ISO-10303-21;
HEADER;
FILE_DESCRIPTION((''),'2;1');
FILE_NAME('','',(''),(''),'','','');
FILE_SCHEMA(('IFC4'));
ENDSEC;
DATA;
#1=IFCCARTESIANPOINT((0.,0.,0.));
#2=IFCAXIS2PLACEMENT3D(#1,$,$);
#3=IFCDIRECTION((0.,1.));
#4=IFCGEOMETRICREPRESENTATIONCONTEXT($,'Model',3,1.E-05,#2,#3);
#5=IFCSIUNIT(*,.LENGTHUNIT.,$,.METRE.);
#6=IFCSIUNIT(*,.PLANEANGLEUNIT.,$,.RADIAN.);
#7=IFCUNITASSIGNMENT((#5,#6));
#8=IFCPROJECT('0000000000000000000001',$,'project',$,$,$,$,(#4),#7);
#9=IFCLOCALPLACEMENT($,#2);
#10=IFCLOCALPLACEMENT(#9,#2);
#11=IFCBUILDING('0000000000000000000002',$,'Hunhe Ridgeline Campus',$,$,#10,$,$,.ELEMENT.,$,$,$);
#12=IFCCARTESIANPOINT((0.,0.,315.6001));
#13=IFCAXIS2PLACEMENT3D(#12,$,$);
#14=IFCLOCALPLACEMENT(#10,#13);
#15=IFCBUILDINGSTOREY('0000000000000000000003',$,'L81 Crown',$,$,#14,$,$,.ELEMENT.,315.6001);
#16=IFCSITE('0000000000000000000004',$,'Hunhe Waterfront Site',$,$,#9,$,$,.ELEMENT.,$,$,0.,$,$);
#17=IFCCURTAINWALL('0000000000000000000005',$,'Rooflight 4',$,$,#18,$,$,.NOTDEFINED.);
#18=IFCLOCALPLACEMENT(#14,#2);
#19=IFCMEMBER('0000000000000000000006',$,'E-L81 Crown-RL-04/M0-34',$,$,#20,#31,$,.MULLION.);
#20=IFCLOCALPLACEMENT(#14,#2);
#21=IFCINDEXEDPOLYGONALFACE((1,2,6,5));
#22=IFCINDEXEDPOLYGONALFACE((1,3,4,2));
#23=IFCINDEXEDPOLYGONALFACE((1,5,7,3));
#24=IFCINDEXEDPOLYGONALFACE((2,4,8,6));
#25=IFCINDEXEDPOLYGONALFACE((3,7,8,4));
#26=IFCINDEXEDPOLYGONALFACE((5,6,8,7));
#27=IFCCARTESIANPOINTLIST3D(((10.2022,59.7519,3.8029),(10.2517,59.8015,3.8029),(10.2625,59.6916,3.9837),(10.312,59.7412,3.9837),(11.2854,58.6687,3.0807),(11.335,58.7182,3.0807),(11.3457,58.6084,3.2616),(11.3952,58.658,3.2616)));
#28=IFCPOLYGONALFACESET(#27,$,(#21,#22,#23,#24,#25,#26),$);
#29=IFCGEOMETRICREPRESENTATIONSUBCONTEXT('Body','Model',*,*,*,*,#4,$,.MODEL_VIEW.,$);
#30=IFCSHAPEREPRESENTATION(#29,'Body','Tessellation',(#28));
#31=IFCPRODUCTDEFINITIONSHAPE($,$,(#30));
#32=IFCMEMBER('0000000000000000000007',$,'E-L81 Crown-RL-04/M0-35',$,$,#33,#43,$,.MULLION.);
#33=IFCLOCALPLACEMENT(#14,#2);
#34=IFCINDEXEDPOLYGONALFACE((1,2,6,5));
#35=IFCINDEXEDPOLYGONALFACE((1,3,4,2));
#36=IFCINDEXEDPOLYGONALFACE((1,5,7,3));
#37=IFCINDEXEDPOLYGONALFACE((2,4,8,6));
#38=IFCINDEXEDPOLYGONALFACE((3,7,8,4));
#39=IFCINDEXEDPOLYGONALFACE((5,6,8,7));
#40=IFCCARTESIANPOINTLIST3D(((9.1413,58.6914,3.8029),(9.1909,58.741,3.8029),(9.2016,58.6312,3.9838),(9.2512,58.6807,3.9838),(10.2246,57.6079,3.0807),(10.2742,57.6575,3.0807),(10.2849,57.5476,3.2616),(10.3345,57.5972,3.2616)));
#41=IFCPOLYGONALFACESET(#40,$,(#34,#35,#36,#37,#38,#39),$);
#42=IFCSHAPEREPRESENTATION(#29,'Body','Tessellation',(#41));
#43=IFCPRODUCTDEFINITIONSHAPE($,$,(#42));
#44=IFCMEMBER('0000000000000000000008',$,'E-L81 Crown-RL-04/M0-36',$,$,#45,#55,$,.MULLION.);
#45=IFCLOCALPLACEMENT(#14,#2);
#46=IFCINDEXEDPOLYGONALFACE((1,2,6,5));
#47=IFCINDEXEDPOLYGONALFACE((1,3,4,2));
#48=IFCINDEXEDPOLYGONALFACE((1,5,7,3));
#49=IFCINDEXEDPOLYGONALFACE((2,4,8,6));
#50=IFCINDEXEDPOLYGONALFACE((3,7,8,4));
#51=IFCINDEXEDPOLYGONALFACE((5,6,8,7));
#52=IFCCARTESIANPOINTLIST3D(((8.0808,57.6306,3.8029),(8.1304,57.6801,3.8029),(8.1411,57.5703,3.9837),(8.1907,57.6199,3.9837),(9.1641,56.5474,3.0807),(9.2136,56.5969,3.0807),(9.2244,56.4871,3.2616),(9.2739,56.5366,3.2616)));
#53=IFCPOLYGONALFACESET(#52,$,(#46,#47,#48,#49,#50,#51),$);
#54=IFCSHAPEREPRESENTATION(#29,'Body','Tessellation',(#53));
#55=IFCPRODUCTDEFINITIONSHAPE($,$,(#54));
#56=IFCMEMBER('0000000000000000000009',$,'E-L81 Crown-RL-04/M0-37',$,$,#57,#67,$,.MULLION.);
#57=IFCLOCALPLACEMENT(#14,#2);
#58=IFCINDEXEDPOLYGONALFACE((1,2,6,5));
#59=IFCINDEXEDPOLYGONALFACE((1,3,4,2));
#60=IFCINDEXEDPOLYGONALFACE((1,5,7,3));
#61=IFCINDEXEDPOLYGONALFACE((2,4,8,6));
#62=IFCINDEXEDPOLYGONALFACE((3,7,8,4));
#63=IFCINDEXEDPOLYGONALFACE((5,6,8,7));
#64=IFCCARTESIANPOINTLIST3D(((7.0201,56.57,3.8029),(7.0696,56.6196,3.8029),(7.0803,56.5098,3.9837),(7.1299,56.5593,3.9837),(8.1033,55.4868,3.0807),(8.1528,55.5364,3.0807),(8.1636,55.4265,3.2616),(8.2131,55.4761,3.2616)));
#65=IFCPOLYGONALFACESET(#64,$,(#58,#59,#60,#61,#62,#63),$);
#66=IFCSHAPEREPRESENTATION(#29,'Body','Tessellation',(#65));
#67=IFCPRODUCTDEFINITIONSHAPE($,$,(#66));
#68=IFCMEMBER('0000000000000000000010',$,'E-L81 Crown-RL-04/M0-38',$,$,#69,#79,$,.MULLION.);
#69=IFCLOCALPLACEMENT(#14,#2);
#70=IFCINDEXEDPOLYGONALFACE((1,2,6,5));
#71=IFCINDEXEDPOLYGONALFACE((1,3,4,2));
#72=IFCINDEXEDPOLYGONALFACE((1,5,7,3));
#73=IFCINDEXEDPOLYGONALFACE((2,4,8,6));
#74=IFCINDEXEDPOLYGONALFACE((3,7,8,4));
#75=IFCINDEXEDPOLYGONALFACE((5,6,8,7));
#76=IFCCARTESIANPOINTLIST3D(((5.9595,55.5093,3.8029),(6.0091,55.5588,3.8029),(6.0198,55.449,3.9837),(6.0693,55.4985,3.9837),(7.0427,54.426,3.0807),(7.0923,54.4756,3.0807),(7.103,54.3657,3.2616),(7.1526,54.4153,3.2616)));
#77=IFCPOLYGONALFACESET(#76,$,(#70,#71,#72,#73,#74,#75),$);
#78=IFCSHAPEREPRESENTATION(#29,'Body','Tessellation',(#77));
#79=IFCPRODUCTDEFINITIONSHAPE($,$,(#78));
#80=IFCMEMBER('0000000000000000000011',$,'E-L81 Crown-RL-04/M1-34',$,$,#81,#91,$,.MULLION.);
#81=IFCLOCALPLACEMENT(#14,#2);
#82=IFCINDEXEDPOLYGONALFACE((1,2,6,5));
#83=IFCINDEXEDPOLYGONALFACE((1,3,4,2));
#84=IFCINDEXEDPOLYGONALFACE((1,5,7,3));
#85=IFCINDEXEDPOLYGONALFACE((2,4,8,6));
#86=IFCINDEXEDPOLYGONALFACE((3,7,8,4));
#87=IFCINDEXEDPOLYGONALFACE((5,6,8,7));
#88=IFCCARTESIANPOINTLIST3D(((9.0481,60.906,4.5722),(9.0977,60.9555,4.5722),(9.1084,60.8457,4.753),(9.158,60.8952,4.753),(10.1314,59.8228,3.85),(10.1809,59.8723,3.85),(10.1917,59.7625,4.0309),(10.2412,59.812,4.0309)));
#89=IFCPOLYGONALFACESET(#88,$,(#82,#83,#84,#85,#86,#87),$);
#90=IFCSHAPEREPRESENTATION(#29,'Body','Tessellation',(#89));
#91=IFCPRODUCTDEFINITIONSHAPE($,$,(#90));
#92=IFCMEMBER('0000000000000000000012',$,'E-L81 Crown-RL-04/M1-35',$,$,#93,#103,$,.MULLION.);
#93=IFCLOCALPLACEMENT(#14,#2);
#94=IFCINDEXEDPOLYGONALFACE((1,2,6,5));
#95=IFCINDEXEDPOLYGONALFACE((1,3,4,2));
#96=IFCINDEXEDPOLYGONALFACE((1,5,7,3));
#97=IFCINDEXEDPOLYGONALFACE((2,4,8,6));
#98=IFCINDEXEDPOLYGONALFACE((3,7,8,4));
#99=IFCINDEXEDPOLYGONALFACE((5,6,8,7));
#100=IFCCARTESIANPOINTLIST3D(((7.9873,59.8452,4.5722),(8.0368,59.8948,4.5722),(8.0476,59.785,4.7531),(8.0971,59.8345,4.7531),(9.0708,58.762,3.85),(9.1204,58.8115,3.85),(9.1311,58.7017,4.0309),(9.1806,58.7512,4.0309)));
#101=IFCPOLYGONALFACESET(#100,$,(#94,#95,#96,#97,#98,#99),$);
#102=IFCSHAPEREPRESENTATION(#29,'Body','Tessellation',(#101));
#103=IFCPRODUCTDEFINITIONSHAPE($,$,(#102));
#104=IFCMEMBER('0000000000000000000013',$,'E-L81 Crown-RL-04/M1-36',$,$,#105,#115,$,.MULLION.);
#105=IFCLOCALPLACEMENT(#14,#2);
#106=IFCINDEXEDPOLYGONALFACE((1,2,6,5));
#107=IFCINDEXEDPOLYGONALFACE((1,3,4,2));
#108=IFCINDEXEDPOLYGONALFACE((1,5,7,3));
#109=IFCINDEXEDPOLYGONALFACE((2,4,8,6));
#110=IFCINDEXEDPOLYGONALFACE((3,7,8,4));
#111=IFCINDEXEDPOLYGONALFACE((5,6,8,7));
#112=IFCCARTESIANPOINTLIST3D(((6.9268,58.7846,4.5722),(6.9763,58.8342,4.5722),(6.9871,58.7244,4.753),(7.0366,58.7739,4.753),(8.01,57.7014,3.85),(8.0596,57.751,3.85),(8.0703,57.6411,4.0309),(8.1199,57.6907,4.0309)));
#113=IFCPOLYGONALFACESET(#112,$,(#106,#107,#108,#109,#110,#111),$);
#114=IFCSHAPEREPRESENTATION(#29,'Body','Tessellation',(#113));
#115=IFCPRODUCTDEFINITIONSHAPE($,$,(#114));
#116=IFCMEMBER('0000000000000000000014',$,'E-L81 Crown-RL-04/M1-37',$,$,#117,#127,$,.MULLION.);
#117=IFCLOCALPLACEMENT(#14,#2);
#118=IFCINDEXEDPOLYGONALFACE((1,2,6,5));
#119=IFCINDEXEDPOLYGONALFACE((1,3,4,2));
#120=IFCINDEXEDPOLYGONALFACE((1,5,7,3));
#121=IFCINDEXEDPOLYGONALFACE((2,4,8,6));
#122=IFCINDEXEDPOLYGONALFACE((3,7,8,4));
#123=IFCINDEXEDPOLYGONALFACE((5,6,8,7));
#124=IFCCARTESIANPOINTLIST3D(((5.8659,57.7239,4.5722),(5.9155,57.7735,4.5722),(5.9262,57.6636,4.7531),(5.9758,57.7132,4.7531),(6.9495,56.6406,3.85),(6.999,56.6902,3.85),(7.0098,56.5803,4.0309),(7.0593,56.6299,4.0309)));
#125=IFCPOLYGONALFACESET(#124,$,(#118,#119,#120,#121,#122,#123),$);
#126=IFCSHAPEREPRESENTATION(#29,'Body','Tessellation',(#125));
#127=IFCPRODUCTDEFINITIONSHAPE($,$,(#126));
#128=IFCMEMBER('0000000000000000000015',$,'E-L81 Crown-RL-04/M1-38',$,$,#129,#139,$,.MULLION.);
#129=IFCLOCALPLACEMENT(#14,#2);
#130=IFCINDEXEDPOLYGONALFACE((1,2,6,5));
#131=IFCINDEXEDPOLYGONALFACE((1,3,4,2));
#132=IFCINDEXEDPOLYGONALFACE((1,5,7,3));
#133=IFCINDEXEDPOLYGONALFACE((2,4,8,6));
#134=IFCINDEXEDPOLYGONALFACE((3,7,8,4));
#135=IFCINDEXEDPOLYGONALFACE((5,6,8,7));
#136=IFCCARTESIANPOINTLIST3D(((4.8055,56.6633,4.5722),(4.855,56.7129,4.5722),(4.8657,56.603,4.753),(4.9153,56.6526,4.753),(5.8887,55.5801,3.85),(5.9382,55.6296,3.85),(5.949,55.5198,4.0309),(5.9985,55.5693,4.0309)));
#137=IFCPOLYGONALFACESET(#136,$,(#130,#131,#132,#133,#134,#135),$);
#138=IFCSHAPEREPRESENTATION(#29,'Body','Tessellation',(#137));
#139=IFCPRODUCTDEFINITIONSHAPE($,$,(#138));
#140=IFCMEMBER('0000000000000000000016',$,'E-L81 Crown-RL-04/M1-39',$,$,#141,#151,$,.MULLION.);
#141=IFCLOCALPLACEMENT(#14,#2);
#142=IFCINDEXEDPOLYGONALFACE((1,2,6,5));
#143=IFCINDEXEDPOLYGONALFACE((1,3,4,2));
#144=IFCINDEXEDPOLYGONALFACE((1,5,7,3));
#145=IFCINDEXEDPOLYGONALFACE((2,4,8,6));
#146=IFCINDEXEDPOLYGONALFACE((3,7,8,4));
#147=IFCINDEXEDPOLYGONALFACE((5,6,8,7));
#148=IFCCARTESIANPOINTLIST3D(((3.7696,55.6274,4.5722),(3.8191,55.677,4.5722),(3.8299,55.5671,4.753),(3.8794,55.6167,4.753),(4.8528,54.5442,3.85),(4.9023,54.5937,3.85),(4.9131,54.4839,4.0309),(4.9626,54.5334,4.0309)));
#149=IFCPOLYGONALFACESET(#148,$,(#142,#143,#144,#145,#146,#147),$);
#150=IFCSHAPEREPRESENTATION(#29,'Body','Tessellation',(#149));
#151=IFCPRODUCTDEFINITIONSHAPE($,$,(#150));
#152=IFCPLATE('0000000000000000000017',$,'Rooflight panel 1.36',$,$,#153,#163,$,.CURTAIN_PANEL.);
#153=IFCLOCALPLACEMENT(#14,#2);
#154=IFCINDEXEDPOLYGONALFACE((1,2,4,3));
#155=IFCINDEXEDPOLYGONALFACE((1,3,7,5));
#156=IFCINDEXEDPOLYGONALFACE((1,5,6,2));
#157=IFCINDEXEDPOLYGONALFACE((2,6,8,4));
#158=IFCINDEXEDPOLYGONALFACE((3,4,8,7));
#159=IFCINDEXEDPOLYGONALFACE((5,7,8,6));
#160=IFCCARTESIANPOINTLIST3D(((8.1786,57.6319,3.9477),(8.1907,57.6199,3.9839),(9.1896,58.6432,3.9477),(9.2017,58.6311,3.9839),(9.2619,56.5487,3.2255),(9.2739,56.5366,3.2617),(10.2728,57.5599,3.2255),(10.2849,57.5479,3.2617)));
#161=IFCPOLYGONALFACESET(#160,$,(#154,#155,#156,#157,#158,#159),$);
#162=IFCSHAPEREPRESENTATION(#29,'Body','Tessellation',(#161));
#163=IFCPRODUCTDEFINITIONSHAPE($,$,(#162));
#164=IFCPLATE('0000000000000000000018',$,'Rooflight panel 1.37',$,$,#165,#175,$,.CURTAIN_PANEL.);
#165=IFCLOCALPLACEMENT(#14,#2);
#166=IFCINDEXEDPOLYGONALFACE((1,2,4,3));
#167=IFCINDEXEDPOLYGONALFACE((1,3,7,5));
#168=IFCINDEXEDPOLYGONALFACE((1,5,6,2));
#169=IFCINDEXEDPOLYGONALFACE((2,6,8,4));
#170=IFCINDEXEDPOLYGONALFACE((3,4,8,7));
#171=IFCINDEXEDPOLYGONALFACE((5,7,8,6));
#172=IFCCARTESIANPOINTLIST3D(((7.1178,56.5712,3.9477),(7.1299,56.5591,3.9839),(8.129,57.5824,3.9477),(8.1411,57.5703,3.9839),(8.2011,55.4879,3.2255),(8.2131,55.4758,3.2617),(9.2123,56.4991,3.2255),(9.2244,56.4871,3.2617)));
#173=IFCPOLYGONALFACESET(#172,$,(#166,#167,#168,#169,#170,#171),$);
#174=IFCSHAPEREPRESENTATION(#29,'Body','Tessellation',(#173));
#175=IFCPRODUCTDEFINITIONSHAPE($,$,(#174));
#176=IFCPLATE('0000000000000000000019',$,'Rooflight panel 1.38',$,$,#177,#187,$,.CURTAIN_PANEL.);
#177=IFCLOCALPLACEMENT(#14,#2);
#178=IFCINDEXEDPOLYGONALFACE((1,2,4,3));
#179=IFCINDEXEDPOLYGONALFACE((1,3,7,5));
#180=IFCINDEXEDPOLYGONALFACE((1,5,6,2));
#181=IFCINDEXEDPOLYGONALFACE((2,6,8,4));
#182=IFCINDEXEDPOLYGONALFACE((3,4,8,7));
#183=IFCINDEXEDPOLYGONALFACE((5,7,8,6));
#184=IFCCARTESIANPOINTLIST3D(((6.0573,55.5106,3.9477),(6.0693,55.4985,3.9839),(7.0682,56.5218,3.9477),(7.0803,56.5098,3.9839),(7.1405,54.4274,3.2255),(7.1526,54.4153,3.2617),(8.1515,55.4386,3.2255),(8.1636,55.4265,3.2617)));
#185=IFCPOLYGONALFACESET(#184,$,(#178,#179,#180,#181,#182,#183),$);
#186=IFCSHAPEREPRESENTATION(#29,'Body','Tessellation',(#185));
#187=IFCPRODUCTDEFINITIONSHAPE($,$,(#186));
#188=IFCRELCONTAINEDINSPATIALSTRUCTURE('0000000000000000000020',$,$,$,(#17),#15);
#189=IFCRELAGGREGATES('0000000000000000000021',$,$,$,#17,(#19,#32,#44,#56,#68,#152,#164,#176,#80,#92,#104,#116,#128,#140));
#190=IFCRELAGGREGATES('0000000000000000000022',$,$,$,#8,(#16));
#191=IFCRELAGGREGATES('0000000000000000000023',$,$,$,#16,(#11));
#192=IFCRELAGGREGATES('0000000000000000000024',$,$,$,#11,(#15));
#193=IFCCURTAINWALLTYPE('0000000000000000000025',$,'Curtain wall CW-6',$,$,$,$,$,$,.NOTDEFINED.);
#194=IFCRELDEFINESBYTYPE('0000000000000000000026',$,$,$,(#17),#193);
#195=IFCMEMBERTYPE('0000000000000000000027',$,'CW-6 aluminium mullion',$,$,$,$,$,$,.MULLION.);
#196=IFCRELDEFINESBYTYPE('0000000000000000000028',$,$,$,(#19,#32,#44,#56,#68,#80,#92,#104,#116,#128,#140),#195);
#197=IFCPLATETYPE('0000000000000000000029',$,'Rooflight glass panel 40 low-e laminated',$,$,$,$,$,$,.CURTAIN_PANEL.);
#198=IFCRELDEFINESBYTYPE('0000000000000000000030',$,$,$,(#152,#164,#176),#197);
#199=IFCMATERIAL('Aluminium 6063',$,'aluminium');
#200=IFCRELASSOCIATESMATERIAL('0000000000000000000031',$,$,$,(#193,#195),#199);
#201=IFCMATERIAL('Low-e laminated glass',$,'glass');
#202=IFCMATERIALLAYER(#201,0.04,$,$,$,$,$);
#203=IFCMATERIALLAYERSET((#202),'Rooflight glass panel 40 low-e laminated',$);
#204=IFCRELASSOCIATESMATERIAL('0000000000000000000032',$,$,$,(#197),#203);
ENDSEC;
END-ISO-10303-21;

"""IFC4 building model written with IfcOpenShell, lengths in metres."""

from ifc_helpers import new_model, si_unit, direction, frame, origin, origin_2d, place, context, subcontext, project, spatial, polyline, rectangle, outline, extrude, material, layer, layer_set, material_profile, profile_set, type_object, element, aggregate, save


model = new_model("IFC4")

# Units and contexts
model_context = context("Model", 3, precision=1e-05, world=origin(), true_north=direction((0.0, 1.0)))
body_context = subcontext(model_context, "Body", "Model", "MODEL_VIEW")
ifc_project = project(units=[si_unit("LENGTHUNIT", "METRE"), si_unit("PLANEANGLEUNIT", "RADIAN")], contexts=[model_context])

# Site, building, storey
site_placement = place(None, origin())
site = spatial("IfcSite", under=ifc_project, at=site_placement, Name="Hunhe Waterfront Site", CompositionType="ELEMENT", RefElevation=0.0)
building_placement = place(site_placement, origin())
building = spatial("IfcBuilding", under=site, at=building_placement, Name="Hunhe Ridgeline Campus", CompositionType="ELEMENT")
storey_placement = place(building_placement, frame((0.0, 0.0, 315.6001)))
storey = spatial("IfcBuildingStorey", under=building, at=storey_placement, Name="L81 Crown", CompositionType="ELEMENT", Elevation=315.6001)

# Curtain wall, members, plates
ifc_material_1 = material(Name="Aluminium 6063", Category="aluminium")
curtain_wall_type = type_object("IfcCurtainWallType", Name="Curtain wall CW-6", PredefinedType="NOTDEFINED", material=ifc_material_1)
curtain_wall_placement = place(storey_placement, origin())
curtain_wall = element("IfcCurtainWall", 1, at=curtain_wall_placement, inside=storey, type_object=curtain_wall_type, Name="Rooflight 4", PredefinedType="NOTDEFINED")
ifc_material_profile = material_profile(ifc_material_1, rectangle(XDim=0.0701, YDim=0.2, at=origin_2d()))
ifc_profile_set = profile_set([ifc_material_profile], Name="Aluminium 6063")
member_type = type_object("IfcMemberType", Name="CW-6 aluminium mullion", PredefinedType="MULLION", material=ifc_profile_set)
member_1_placement = place(storey_placement, frame((11.3403, 58.6633, 3.1711), z_axis=(-0.639602, 0.639602, 0.426401), x_axis=(-0.707107, -0.707107, 0.0)))
member_1 = element("IfcMember", 2, at=member_1_placement, type_object=member_type, Name="E-L81 Crown-RL-04/M0-34", PredefinedType="MULLION", context=body_context, shape_type="SweptSolid", body=[
    extrude(rectangle(XDim=0.0701, YDim=0.2, at=origin_2d()), origin(), (0.0, 0.0, 1.0), 1.6936),
])
member_2_placement = place(storey_placement, frame((10.2795, 57.6025, 3.1711), z_axis=(-0.639543, 0.639687, 0.426362), x_axis=(-0.707186, -0.707027, 0.0)))
member_2 = element("IfcMember", 3, at=member_2_placement, type_object=member_type, Name="E-L81 Crown-RL-04/M0-35", PredefinedType="MULLION", context=body_context, shape_type="SweptSolid", body=[
    extrude(rectangle(XDim=0.0701, YDim=0.2, at=origin_2d()), origin(), (0.0, 0.0, 1.0), 1.6938),
])
member_3_placement = place(storey_placement, frame((9.219, 56.542, 3.1711), z_axis=(-0.639602, 0.639602, 0.426401), x_axis=(-0.707107, -0.707107, 0.0)))
member_3 = element("IfcMember", 4, at=member_3_placement, type_object=member_type, Name="E-L81 Crown-RL-04/M0-36", PredefinedType="MULLION", context=body_context, shape_type="SweptSolid", body=[
    extrude(rectangle(XDim=0.0701, YDim=0.2, at=origin_2d()), origin(), (0.0, 0.0, 1.0), 1.6936),
])
member_4_placement = place(storey_placement, frame((8.1582, 55.4814, 3.1711), z_axis=(-0.639602, 0.639602, 0.426401), x_axis=(-0.707107, -0.707107, 0.0)))
member_4 = element("IfcMember", 5, at=member_4_placement, type_object=member_type, Name="E-L81 Crown-RL-04/M0-37", PredefinedType="MULLION", context=body_context, shape_type="SweptSolid", body=[
    extrude(rectangle(XDim=0.0701, YDim=0.2, at=origin_2d()), origin(), (0.0, 0.0, 1.0), 1.6936),
])
member_5_placement = place(storey_placement, frame((7.0977, 54.4207, 3.1711), z_axis=(-0.639602, 0.639602, 0.426401), x_axis=(-0.707107, -0.707107, 0.0)))
member_5 = element("IfcMember", 6, at=member_5_placement, type_object=member_type, Name="E-L81 Crown-RL-04/M0-38", PredefinedType="MULLION", context=body_context, shape_type="SweptSolid", body=[
    extrude(rectangle(XDim=0.0701, YDim=0.2, at=origin_2d()), origin(), (0.0, 0.0, 1.0), 1.6936),
])
member_6_placement = place(storey_placement, frame((10.1863, 59.8174, 3.9404), z_axis=(-0.639602, 0.639602, 0.426401), x_axis=(-0.707107, -0.707107, 0.0)))
member_6 = element("IfcMember", 7, at=member_6_placement, type_object=member_type, Name="E-L81 Crown-RL-04/M1-34", PredefinedType="MULLION", context=body_context, shape_type="SweptSolid", body=[
    extrude(rectangle(XDim=0.0701, YDim=0.2, at=origin_2d()), origin(), (0.0, 0.0, 1.0), 1.6936),
])
member_7_placement = place(storey_placement, frame((9.1257, 58.7566, 3.9404), z_axis=(-0.639687, 0.639543, 0.426362), x_axis=(-0.707027, -0.707186, 0.0)))
member_7 = element("IfcMember", 8, at=member_7_placement, type_object=member_type, Name="E-L81 Crown-RL-04/M1-35", PredefinedType="MULLION", context=body_context, shape_type="SweptSolid", body=[
    extrude(rectangle(XDim=0.0701, YDim=0.2, at=origin_2d()), origin(), (0.0, 0.0, 1.0), 1.6938),
])
member_8_placement = place(storey_placement, frame((8.0649, 57.696, 3.9404), z_axis=(-0.639602, 0.639602, 0.426401), x_axis=(-0.707107, -0.707107, 0.0)))
member_8 = element("IfcMember", 9, at=member_8_placement, type_object=member_type, Name="E-L81 Crown-RL-04/M1-36", PredefinedType="MULLION", context=body_context, shape_type="SweptSolid", body=[
    extrude(rectangle(XDim=0.0701, YDim=0.2, at=origin_2d()), origin(), (0.0, 0.0, 1.0), 1.6936),
])
member_9_placement = place(storey_placement, frame((7.0044, 56.6353, 3.9404), z_axis=(-0.639687, 0.639543, 0.426362), x_axis=(-0.707027, -0.707186, 0.0)))
member_9 = element("IfcMember", 10, at=member_9_placement, type_object=member_type, Name="E-L81 Crown-RL-04/M1-37", PredefinedType="MULLION", context=body_context, shape_type="SweptSolid", body=[
    extrude(rectangle(XDim=0.0701, YDim=0.2, at=origin_2d()), origin(), (0.0, 0.0, 1.0), 1.6938),
])
member_10_placement = place(storey_placement, frame((5.9436, 55.5747, 3.9404), z_axis=(-0.639602, 0.639602, 0.426401), x_axis=(-0.707107, -0.707107, 0.0)))
member_10 = element("IfcMember", 11, at=member_10_placement, type_object=member_type, Name="E-L81 Crown-RL-04/M1-38", PredefinedType="MULLION", context=body_context, shape_type="SweptSolid", body=[
    extrude(rectangle(XDim=0.0701, YDim=0.2, at=origin_2d()), origin(), (0.0, 0.0, 1.0), 1.6936),
])
member_11_placement = place(storey_placement, frame((4.9077, 54.5388, 3.9404), z_axis=(-0.639602, 0.639602, 0.426401), x_axis=(-0.707107, -0.707107, 0.0)))
member_11 = element("IfcMember", 12, at=member_11_placement, type_object=member_type, Name="E-L81 Crown-RL-04/M1-39", PredefinedType="MULLION", context=body_context, shape_type="SweptSolid", body=[
    extrude(rectangle(XDim=0.0701, YDim=0.2, at=origin_2d()), origin(), (0.0, 0.0, 1.0), 1.6936),
])
ifc_material_2 = material(Name="Low-e laminated glass", Category="glass")
ifc_layer_1 = layer(ifc_material_2, 0.04)
ifc_layer_set_1 = layer_set([ifc_layer_1], Name="Rooflight glass panel 40 low-e laminated")
plate_type = type_object("IfcPlateType", Name="Rooflight glass panel 40 low-e laminated", PredefinedType="CURTAIN_PANEL", material=ifc_layer_set_1)
plate_1_placement = place(storey_placement, frame((10.2849, 57.5479, 3.2617), z_axis=(0.301548, -0.301475, 0.904534), x_axis=(-0.639602, 0.639602, 0.426401)))
plate_1 = element("IfcPlate", 13, at=plate_1_placement, type_object=plate_type, Name="Rooflight panel 1.36", PredefinedType="CURTAIN_PANEL", context=body_context, shape_type="SweptSolid", body=[
    extrude(outline(polyline([(0.0, 0.0), (1.6936, 0.0), (1.6935, 1.4299), (-0.0002, 1.4299), (0.0, 0.0)])), origin(), (0.0, 0.0, -1.0), 0.04),
])
plate_2_placement = place(storey_placement, frame((9.2244, 56.4871, 3.2617), z_axis=(0.301511, -0.301511, 0.904534), x_axis=(-0.639602, 0.639602, 0.426401)))
plate_2 = element("IfcPlate", 14, at=plate_2_placement, type_object=plate_type, Name="Rooflight panel 1.37", PredefinedType="CURTAIN_PANEL", context=body_context, shape_type="SweptSolid", body=[
    extrude(outline(polyline([(0.0, 0.0), (1.6936, 0.0), (1.6936, 1.4301), (0.0, 1.4301), (0.0, 0.0)])), origin(), (0.0, 0.0, -1.0), 0.04),
])
plate_3_placement = place(storey_placement, frame((8.1636, 55.4265, 3.2617), z_axis=(0.301548, -0.301475, 0.904534), x_axis=(-0.639602, 0.639602, 0.426401)))
plate_3 = element("IfcPlate", 15, at=plate_3_placement, type_object=plate_type, Name="Rooflight panel 1.38", PredefinedType="CURTAIN_PANEL", context=body_context, shape_type="SweptSolid", body=[
    extrude(outline(polyline([(0.0, 0.0), (1.6936, 0.0), (1.6935, 1.4299), (-0.0002, 1.4299), (0.0, 0.0)])), origin(), (0.0, 0.0, -1.0), 0.04),
])
aggregate(curtain_wall, [member_1, member_2, member_3, member_4, member_5, plate_1, plate_2, plate_3, member_6, member_7, member_8, member_9, member_10, member_11])

save(model, "model.ifc")
